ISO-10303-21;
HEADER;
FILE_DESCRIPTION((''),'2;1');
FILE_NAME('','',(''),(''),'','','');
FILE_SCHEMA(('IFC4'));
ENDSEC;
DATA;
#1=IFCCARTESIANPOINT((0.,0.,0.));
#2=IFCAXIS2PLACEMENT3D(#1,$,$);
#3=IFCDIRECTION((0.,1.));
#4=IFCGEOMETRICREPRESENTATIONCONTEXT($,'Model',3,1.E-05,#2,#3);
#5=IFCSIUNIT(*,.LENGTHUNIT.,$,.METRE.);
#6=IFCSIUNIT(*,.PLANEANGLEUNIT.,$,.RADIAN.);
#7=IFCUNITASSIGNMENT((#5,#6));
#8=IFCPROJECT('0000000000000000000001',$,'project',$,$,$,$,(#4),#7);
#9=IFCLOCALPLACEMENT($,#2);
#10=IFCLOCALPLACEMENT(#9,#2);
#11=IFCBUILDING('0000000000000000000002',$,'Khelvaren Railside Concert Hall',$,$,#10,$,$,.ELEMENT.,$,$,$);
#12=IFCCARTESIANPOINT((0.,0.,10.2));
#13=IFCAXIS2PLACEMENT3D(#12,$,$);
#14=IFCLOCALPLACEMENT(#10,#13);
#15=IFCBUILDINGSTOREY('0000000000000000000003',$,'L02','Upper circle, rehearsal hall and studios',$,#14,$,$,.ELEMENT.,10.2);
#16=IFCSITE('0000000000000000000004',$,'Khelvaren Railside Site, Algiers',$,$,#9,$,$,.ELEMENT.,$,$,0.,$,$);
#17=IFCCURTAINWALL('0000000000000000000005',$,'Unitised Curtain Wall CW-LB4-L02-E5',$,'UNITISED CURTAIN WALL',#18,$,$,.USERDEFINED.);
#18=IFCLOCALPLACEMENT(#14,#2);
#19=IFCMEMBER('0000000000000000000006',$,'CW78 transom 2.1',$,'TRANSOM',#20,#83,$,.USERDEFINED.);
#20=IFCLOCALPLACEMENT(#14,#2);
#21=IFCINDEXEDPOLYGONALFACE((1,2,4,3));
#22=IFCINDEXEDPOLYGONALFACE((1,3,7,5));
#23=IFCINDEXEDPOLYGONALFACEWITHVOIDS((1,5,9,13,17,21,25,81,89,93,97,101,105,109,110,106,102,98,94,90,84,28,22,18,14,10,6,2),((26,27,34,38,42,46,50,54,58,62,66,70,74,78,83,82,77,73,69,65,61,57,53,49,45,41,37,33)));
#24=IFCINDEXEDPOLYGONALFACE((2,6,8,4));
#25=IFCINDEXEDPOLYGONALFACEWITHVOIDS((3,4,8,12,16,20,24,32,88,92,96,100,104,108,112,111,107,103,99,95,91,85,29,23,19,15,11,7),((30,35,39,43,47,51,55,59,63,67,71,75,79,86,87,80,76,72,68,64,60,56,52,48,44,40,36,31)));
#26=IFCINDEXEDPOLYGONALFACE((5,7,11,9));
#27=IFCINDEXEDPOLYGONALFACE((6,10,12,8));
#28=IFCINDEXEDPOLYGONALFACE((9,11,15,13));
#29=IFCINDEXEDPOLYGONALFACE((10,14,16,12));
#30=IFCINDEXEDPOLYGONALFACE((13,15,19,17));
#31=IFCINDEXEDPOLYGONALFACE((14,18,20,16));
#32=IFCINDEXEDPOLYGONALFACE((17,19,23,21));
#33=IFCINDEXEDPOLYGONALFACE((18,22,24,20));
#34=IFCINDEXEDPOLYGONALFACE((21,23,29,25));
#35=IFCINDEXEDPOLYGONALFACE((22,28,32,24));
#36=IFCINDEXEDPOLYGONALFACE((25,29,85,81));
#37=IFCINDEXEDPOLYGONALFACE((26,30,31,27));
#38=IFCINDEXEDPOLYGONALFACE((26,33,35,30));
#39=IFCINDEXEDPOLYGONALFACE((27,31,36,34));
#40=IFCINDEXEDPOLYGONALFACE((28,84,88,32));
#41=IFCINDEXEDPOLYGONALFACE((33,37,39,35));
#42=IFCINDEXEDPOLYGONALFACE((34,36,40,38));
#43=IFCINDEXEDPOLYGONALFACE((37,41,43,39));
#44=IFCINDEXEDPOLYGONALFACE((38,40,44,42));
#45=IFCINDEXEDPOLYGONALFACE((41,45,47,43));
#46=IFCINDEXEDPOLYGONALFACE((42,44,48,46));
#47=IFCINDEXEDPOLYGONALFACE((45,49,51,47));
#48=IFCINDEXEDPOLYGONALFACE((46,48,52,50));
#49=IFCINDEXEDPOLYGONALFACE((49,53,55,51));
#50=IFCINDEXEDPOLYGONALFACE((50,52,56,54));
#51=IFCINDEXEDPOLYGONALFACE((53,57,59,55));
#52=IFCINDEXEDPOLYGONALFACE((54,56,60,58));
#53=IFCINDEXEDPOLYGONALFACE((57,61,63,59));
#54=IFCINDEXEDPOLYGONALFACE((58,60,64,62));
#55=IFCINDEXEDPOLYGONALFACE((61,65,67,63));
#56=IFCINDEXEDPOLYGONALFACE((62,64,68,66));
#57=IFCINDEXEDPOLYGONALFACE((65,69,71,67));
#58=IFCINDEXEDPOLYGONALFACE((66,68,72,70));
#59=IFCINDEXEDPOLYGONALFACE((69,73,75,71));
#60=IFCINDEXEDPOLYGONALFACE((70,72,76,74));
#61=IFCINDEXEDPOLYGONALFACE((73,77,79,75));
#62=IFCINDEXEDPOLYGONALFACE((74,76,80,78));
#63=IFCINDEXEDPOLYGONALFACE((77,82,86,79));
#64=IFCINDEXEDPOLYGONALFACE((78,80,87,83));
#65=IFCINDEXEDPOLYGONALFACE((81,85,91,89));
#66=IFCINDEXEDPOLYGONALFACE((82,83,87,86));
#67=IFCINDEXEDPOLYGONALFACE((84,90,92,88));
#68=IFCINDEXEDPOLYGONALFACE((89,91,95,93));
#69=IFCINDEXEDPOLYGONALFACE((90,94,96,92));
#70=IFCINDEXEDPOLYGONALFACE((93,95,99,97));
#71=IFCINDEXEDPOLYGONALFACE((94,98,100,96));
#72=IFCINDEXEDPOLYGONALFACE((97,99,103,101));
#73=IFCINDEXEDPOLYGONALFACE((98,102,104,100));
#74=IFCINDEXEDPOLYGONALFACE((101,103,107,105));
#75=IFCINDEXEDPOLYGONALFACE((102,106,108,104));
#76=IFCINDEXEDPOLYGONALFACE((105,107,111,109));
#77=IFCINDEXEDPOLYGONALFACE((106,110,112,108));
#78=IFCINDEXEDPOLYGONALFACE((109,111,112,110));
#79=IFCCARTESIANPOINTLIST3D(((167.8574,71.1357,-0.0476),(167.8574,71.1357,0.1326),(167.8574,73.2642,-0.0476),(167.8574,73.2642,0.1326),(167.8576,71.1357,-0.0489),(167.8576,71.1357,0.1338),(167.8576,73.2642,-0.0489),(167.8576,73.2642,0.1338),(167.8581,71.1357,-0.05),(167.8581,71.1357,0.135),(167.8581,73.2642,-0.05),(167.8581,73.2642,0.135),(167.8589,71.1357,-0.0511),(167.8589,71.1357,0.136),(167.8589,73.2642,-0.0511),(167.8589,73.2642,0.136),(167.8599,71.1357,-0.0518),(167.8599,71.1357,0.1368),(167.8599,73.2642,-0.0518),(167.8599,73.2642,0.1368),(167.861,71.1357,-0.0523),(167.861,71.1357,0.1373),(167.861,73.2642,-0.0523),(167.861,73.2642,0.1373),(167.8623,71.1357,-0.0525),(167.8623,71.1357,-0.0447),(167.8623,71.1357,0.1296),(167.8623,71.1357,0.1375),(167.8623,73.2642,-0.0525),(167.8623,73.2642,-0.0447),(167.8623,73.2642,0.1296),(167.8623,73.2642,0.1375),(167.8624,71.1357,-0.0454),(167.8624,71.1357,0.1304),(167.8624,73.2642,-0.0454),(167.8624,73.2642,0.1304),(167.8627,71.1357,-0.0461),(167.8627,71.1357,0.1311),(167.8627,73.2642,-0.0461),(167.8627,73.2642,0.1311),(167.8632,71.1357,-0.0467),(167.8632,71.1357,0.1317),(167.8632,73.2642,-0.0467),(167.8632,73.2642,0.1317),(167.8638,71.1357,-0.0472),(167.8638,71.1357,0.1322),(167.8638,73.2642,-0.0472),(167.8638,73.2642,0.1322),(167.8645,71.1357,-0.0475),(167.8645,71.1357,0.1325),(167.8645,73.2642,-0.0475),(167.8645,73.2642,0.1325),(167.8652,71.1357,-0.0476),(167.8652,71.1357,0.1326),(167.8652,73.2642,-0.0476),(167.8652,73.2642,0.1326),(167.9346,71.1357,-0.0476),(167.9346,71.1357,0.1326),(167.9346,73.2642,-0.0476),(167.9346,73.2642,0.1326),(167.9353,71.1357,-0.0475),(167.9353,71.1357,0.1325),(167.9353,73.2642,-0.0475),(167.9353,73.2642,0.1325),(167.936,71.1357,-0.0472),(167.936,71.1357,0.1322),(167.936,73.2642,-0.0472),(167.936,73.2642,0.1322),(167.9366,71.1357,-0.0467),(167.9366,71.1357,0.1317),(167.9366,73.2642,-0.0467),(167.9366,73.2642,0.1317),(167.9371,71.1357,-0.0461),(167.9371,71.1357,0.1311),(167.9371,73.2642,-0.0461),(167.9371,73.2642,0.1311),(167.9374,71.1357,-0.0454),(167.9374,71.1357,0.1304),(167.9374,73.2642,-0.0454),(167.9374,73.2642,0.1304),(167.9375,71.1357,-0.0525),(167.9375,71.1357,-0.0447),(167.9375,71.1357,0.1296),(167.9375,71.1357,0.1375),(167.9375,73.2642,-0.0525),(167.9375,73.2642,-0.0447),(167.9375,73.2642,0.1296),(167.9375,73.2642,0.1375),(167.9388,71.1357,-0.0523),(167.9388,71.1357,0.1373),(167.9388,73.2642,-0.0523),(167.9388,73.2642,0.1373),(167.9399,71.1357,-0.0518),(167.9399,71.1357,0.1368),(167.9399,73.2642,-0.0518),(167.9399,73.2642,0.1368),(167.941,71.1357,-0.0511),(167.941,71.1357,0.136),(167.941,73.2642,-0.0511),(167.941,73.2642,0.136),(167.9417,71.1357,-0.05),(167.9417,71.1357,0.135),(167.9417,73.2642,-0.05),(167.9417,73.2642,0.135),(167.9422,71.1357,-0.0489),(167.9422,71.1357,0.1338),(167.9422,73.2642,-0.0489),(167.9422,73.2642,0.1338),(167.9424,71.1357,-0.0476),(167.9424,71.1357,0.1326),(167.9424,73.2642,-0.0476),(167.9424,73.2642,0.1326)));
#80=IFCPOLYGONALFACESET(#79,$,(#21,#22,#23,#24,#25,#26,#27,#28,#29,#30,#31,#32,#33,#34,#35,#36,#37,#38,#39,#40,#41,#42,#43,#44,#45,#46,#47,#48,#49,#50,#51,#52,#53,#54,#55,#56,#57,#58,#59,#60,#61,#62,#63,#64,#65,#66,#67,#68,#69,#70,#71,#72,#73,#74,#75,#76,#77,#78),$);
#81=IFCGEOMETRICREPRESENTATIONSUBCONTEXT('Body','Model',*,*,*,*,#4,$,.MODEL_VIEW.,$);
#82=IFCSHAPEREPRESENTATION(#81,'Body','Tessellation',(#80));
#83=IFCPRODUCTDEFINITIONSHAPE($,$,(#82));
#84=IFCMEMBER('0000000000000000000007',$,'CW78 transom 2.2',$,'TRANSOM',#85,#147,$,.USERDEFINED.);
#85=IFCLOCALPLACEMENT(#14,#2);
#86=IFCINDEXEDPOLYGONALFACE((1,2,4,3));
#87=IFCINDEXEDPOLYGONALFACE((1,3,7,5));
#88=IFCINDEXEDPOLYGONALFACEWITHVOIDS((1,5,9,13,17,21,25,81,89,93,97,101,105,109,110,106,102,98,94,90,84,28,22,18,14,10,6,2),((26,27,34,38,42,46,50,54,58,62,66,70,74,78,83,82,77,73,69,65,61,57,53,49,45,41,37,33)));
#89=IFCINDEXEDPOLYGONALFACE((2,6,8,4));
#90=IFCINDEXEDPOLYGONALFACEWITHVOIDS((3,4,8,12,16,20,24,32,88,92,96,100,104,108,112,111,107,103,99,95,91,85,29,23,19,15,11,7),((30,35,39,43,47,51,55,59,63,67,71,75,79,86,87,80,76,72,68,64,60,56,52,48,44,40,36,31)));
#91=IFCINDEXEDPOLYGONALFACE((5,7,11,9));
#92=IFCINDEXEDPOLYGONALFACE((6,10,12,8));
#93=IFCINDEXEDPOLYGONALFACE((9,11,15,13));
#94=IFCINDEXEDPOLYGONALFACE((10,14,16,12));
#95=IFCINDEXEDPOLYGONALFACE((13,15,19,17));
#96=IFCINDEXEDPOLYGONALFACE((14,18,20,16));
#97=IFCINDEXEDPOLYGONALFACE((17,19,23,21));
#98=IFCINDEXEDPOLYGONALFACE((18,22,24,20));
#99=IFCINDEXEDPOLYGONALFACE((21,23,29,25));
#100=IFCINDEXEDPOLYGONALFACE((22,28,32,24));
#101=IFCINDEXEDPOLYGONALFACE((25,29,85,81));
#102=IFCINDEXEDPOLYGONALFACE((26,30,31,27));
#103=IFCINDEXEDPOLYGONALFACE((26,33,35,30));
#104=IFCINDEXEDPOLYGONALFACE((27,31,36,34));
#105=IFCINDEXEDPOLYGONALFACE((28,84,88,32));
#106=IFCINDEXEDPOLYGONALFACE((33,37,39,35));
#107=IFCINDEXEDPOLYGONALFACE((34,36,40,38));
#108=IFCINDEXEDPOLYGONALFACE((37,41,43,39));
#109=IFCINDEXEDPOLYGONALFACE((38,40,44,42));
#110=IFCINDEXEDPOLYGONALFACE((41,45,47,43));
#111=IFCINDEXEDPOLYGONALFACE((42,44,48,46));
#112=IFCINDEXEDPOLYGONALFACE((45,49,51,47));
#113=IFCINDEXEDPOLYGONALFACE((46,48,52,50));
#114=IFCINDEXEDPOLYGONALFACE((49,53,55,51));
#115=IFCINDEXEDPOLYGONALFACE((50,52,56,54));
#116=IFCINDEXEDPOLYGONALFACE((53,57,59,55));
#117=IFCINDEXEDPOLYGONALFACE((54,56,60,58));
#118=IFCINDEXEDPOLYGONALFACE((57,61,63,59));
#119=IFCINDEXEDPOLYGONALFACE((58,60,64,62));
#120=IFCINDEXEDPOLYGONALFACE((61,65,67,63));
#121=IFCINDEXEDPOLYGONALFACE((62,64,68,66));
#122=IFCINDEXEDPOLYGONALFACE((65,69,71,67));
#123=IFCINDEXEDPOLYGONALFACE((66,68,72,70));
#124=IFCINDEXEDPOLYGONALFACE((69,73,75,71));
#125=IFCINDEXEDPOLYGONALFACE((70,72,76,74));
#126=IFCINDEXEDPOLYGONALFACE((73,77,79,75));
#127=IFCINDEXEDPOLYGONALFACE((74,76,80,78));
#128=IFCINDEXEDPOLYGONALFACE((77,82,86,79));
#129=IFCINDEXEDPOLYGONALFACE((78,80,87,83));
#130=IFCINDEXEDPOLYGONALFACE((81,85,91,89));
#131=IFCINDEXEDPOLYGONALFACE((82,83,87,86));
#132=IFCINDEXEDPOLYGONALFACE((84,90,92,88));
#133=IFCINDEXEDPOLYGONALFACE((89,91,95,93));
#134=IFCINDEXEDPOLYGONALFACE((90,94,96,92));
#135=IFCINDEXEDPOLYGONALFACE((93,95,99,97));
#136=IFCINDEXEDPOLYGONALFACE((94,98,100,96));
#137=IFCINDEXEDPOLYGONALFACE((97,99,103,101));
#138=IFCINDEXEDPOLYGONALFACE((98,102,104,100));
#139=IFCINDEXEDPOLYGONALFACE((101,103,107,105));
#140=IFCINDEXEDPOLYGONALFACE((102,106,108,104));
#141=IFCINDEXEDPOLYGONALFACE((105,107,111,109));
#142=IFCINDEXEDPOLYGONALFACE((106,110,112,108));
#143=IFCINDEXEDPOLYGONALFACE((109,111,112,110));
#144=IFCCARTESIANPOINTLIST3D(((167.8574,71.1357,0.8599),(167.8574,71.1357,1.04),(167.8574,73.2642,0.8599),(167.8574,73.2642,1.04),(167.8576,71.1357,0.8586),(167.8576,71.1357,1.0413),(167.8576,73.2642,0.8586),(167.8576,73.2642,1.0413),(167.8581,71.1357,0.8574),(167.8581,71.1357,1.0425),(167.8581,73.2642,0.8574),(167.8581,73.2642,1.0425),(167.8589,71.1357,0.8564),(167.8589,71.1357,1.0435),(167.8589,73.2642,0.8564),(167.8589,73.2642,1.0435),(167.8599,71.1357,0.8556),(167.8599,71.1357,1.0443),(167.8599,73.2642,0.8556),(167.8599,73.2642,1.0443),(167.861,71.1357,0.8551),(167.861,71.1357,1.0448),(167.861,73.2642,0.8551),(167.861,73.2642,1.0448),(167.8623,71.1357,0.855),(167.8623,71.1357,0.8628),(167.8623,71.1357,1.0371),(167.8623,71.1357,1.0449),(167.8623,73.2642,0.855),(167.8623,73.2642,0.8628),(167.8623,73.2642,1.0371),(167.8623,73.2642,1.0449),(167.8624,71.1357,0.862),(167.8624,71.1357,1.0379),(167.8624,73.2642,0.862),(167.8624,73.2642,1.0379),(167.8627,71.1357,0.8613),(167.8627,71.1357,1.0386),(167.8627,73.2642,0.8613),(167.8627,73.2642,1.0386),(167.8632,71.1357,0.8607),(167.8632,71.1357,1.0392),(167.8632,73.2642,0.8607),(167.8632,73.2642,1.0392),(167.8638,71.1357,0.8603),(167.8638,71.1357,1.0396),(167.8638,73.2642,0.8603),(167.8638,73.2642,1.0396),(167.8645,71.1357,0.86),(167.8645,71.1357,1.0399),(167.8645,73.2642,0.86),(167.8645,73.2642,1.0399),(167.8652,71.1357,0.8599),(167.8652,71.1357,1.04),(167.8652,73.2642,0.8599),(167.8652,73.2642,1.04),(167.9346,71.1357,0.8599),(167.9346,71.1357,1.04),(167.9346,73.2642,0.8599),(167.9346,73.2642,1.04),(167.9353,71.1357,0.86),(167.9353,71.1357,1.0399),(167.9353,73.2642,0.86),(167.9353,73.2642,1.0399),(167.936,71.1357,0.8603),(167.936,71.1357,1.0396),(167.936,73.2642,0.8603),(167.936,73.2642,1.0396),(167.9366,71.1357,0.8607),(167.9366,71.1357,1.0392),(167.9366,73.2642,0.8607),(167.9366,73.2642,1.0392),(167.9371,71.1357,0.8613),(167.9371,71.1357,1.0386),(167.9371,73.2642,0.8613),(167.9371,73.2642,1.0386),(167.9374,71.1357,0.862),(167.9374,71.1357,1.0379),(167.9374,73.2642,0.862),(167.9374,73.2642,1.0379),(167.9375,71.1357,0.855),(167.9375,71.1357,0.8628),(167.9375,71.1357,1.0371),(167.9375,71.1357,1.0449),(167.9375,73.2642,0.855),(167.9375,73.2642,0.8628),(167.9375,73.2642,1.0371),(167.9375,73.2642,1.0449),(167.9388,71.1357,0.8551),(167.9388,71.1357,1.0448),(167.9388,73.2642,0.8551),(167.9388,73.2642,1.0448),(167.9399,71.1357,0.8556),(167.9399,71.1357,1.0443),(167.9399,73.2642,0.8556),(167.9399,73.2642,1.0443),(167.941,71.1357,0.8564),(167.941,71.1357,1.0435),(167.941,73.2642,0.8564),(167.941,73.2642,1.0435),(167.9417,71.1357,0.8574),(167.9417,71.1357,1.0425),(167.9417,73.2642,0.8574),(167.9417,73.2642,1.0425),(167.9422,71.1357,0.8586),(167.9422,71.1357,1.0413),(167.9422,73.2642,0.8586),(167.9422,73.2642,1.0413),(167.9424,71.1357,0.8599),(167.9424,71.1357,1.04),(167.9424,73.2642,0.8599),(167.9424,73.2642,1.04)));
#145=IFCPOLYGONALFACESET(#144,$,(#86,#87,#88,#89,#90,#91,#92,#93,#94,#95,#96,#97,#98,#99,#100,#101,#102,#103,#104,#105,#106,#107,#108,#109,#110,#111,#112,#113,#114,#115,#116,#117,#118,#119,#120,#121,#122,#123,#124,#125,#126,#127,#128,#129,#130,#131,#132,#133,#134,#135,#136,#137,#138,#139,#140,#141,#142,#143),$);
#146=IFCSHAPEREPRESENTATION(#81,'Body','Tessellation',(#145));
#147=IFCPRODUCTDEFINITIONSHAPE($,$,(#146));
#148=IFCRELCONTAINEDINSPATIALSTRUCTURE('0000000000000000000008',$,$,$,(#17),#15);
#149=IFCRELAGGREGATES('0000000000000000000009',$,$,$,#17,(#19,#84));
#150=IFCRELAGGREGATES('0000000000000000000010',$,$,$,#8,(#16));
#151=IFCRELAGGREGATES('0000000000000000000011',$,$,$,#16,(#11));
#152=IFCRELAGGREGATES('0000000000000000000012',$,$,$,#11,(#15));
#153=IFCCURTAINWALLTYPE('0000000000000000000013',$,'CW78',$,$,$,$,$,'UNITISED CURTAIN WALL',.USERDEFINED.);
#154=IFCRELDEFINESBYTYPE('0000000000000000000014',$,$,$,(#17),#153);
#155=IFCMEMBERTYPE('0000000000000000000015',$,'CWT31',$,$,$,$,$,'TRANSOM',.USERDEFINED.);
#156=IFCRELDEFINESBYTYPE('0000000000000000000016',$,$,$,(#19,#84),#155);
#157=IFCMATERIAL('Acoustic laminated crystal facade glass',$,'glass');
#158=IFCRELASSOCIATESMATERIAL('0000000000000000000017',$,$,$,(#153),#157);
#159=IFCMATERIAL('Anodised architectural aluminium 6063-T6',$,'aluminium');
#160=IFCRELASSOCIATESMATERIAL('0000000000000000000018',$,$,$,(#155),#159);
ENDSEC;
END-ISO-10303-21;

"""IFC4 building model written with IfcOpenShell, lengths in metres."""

from ifc_helpers import new_model, si_unit, direction, frame, origin, origin_2d, place, context, subcontext, project, spatial, hollow_rectangle, extrude, material, material_profile, profile_set, type_object, element, aggregate, save


model = new_model("IFC4")

# Units and contexts
model_context = context("Model", 3, precision=1e-05, world=origin(), true_north=direction((0.0, 1.0)))
body_context = subcontext(model_context, "Body", "Model", "MODEL_VIEW")
ifc_project = project(units=[si_unit("LENGTHUNIT", "METRE"), si_unit("PLANEANGLEUNIT", "RADIAN")], contexts=[model_context])

# Site, building, storey
site_placement = place(None, origin())
site = spatial("IfcSite", under=ifc_project, at=site_placement, Name="Khelvaren Railside Site, Algiers", CompositionType="ELEMENT", RefElevation=0.0)
building_placement = place(site_placement, origin())
building = spatial("IfcBuilding", under=site, at=building_placement, Name="Khelvaren Railside Concert Hall", CompositionType="ELEMENT")
storey_placement = place(building_placement, frame((0.0, 0.0, 10.2)))
storey = spatial("IfcBuildingStorey", under=building, at=storey_placement, Name="L02", Description="Upper circle, rehearsal hall and studios", CompositionType="ELEMENT", Elevation=10.2)

# Curtain wall
ifc_material_1 = material(Name="Acoustic laminated crystal facade glass", Category="glass")
curtain_wall_type = type_object("IfcCurtainWallType", Name="CW78", ElementType="UNITISED CURTAIN WALL", PredefinedType="USERDEFINED", material=ifc_material_1)
curtain_wall_1_placement = place(storey_placement, origin())
curtain_wall_1 = element("IfcCurtainWall", 1, at=curtain_wall_1_placement, inside=storey, type_object=curtain_wall_type, Name="Unitised Curtain Wall CW-LB4-L02-E5", ObjectType="UNITISED CURTAIN WALL", PredefinedType="USERDEFINED")
ifc_material_2 = material(Name="Anodised architectural aluminium 6063-T6", Category="aluminium")

# Members
ifc_material_profile_1 = material_profile(ifc_material_2, hollow_rectangle(XDim=0.085, YDim=0.1899, WallThickness=0.0049, InnerFilletRadius=0.0029, OuterFilletRadius=0.0049, at=origin_2d()), Name="CWT 85x190x5")
ifc_profile_set_1 = profile_set([ifc_material_profile_1], Name="Anodised architectural aluminium 6063-T6")
member_type_1 = type_object("IfcMemberType", Name="CWT31", ElementType="TRANSOM", PredefinedType="USERDEFINED", material=ifc_profile_set_1)
member_1_placement = place(storey_placement, frame((167.8999, 73.2642, 0.0425), z_axis=(0.0, -1.0, 0.0), x_axis=(1.0, 0.0, 0.0)))
member_1 = element("IfcMember", 2, at=member_1_placement, type_object=member_type_1, Name="CW78 transom 2.1", ObjectType="TRANSOM", PredefinedType="USERDEFINED", context=body_context, shape_type="SweptSolid", body=[
    extrude(hollow_rectangle(XDim=0.085, YDim=0.1899, WallThickness=0.0049, InnerFilletRadius=0.0029, OuterFilletRadius=0.0049, at=origin_2d()), origin(), (0.0, 0.0, 1.0), 2.1284),
])
member_2_placement = place(storey_placement, frame((167.8999, 73.2642, 0.95), z_axis=(0.0, -1.0, 0.0), x_axis=(1.0, 0.0, 0.0)))
member_2 = element("IfcMember", 3, at=member_2_placement, type_object=member_type_1, Name="CW78 transom 2.2", ObjectType="TRANSOM", PredefinedType="USERDEFINED", context=body_context, shape_type="SweptSolid", body=[
    extrude(hollow_rectangle(XDim=0.085, YDim=0.1899, WallThickness=0.0049, InnerFilletRadius=0.0029, OuterFilletRadius=0.0049, at=origin_2d()), origin(), (0.0, 0.0, 1.0), 2.1284),
])

aggregate(curtain_wall_1, [member_1, member_2])

save(model, "model.ifc")
